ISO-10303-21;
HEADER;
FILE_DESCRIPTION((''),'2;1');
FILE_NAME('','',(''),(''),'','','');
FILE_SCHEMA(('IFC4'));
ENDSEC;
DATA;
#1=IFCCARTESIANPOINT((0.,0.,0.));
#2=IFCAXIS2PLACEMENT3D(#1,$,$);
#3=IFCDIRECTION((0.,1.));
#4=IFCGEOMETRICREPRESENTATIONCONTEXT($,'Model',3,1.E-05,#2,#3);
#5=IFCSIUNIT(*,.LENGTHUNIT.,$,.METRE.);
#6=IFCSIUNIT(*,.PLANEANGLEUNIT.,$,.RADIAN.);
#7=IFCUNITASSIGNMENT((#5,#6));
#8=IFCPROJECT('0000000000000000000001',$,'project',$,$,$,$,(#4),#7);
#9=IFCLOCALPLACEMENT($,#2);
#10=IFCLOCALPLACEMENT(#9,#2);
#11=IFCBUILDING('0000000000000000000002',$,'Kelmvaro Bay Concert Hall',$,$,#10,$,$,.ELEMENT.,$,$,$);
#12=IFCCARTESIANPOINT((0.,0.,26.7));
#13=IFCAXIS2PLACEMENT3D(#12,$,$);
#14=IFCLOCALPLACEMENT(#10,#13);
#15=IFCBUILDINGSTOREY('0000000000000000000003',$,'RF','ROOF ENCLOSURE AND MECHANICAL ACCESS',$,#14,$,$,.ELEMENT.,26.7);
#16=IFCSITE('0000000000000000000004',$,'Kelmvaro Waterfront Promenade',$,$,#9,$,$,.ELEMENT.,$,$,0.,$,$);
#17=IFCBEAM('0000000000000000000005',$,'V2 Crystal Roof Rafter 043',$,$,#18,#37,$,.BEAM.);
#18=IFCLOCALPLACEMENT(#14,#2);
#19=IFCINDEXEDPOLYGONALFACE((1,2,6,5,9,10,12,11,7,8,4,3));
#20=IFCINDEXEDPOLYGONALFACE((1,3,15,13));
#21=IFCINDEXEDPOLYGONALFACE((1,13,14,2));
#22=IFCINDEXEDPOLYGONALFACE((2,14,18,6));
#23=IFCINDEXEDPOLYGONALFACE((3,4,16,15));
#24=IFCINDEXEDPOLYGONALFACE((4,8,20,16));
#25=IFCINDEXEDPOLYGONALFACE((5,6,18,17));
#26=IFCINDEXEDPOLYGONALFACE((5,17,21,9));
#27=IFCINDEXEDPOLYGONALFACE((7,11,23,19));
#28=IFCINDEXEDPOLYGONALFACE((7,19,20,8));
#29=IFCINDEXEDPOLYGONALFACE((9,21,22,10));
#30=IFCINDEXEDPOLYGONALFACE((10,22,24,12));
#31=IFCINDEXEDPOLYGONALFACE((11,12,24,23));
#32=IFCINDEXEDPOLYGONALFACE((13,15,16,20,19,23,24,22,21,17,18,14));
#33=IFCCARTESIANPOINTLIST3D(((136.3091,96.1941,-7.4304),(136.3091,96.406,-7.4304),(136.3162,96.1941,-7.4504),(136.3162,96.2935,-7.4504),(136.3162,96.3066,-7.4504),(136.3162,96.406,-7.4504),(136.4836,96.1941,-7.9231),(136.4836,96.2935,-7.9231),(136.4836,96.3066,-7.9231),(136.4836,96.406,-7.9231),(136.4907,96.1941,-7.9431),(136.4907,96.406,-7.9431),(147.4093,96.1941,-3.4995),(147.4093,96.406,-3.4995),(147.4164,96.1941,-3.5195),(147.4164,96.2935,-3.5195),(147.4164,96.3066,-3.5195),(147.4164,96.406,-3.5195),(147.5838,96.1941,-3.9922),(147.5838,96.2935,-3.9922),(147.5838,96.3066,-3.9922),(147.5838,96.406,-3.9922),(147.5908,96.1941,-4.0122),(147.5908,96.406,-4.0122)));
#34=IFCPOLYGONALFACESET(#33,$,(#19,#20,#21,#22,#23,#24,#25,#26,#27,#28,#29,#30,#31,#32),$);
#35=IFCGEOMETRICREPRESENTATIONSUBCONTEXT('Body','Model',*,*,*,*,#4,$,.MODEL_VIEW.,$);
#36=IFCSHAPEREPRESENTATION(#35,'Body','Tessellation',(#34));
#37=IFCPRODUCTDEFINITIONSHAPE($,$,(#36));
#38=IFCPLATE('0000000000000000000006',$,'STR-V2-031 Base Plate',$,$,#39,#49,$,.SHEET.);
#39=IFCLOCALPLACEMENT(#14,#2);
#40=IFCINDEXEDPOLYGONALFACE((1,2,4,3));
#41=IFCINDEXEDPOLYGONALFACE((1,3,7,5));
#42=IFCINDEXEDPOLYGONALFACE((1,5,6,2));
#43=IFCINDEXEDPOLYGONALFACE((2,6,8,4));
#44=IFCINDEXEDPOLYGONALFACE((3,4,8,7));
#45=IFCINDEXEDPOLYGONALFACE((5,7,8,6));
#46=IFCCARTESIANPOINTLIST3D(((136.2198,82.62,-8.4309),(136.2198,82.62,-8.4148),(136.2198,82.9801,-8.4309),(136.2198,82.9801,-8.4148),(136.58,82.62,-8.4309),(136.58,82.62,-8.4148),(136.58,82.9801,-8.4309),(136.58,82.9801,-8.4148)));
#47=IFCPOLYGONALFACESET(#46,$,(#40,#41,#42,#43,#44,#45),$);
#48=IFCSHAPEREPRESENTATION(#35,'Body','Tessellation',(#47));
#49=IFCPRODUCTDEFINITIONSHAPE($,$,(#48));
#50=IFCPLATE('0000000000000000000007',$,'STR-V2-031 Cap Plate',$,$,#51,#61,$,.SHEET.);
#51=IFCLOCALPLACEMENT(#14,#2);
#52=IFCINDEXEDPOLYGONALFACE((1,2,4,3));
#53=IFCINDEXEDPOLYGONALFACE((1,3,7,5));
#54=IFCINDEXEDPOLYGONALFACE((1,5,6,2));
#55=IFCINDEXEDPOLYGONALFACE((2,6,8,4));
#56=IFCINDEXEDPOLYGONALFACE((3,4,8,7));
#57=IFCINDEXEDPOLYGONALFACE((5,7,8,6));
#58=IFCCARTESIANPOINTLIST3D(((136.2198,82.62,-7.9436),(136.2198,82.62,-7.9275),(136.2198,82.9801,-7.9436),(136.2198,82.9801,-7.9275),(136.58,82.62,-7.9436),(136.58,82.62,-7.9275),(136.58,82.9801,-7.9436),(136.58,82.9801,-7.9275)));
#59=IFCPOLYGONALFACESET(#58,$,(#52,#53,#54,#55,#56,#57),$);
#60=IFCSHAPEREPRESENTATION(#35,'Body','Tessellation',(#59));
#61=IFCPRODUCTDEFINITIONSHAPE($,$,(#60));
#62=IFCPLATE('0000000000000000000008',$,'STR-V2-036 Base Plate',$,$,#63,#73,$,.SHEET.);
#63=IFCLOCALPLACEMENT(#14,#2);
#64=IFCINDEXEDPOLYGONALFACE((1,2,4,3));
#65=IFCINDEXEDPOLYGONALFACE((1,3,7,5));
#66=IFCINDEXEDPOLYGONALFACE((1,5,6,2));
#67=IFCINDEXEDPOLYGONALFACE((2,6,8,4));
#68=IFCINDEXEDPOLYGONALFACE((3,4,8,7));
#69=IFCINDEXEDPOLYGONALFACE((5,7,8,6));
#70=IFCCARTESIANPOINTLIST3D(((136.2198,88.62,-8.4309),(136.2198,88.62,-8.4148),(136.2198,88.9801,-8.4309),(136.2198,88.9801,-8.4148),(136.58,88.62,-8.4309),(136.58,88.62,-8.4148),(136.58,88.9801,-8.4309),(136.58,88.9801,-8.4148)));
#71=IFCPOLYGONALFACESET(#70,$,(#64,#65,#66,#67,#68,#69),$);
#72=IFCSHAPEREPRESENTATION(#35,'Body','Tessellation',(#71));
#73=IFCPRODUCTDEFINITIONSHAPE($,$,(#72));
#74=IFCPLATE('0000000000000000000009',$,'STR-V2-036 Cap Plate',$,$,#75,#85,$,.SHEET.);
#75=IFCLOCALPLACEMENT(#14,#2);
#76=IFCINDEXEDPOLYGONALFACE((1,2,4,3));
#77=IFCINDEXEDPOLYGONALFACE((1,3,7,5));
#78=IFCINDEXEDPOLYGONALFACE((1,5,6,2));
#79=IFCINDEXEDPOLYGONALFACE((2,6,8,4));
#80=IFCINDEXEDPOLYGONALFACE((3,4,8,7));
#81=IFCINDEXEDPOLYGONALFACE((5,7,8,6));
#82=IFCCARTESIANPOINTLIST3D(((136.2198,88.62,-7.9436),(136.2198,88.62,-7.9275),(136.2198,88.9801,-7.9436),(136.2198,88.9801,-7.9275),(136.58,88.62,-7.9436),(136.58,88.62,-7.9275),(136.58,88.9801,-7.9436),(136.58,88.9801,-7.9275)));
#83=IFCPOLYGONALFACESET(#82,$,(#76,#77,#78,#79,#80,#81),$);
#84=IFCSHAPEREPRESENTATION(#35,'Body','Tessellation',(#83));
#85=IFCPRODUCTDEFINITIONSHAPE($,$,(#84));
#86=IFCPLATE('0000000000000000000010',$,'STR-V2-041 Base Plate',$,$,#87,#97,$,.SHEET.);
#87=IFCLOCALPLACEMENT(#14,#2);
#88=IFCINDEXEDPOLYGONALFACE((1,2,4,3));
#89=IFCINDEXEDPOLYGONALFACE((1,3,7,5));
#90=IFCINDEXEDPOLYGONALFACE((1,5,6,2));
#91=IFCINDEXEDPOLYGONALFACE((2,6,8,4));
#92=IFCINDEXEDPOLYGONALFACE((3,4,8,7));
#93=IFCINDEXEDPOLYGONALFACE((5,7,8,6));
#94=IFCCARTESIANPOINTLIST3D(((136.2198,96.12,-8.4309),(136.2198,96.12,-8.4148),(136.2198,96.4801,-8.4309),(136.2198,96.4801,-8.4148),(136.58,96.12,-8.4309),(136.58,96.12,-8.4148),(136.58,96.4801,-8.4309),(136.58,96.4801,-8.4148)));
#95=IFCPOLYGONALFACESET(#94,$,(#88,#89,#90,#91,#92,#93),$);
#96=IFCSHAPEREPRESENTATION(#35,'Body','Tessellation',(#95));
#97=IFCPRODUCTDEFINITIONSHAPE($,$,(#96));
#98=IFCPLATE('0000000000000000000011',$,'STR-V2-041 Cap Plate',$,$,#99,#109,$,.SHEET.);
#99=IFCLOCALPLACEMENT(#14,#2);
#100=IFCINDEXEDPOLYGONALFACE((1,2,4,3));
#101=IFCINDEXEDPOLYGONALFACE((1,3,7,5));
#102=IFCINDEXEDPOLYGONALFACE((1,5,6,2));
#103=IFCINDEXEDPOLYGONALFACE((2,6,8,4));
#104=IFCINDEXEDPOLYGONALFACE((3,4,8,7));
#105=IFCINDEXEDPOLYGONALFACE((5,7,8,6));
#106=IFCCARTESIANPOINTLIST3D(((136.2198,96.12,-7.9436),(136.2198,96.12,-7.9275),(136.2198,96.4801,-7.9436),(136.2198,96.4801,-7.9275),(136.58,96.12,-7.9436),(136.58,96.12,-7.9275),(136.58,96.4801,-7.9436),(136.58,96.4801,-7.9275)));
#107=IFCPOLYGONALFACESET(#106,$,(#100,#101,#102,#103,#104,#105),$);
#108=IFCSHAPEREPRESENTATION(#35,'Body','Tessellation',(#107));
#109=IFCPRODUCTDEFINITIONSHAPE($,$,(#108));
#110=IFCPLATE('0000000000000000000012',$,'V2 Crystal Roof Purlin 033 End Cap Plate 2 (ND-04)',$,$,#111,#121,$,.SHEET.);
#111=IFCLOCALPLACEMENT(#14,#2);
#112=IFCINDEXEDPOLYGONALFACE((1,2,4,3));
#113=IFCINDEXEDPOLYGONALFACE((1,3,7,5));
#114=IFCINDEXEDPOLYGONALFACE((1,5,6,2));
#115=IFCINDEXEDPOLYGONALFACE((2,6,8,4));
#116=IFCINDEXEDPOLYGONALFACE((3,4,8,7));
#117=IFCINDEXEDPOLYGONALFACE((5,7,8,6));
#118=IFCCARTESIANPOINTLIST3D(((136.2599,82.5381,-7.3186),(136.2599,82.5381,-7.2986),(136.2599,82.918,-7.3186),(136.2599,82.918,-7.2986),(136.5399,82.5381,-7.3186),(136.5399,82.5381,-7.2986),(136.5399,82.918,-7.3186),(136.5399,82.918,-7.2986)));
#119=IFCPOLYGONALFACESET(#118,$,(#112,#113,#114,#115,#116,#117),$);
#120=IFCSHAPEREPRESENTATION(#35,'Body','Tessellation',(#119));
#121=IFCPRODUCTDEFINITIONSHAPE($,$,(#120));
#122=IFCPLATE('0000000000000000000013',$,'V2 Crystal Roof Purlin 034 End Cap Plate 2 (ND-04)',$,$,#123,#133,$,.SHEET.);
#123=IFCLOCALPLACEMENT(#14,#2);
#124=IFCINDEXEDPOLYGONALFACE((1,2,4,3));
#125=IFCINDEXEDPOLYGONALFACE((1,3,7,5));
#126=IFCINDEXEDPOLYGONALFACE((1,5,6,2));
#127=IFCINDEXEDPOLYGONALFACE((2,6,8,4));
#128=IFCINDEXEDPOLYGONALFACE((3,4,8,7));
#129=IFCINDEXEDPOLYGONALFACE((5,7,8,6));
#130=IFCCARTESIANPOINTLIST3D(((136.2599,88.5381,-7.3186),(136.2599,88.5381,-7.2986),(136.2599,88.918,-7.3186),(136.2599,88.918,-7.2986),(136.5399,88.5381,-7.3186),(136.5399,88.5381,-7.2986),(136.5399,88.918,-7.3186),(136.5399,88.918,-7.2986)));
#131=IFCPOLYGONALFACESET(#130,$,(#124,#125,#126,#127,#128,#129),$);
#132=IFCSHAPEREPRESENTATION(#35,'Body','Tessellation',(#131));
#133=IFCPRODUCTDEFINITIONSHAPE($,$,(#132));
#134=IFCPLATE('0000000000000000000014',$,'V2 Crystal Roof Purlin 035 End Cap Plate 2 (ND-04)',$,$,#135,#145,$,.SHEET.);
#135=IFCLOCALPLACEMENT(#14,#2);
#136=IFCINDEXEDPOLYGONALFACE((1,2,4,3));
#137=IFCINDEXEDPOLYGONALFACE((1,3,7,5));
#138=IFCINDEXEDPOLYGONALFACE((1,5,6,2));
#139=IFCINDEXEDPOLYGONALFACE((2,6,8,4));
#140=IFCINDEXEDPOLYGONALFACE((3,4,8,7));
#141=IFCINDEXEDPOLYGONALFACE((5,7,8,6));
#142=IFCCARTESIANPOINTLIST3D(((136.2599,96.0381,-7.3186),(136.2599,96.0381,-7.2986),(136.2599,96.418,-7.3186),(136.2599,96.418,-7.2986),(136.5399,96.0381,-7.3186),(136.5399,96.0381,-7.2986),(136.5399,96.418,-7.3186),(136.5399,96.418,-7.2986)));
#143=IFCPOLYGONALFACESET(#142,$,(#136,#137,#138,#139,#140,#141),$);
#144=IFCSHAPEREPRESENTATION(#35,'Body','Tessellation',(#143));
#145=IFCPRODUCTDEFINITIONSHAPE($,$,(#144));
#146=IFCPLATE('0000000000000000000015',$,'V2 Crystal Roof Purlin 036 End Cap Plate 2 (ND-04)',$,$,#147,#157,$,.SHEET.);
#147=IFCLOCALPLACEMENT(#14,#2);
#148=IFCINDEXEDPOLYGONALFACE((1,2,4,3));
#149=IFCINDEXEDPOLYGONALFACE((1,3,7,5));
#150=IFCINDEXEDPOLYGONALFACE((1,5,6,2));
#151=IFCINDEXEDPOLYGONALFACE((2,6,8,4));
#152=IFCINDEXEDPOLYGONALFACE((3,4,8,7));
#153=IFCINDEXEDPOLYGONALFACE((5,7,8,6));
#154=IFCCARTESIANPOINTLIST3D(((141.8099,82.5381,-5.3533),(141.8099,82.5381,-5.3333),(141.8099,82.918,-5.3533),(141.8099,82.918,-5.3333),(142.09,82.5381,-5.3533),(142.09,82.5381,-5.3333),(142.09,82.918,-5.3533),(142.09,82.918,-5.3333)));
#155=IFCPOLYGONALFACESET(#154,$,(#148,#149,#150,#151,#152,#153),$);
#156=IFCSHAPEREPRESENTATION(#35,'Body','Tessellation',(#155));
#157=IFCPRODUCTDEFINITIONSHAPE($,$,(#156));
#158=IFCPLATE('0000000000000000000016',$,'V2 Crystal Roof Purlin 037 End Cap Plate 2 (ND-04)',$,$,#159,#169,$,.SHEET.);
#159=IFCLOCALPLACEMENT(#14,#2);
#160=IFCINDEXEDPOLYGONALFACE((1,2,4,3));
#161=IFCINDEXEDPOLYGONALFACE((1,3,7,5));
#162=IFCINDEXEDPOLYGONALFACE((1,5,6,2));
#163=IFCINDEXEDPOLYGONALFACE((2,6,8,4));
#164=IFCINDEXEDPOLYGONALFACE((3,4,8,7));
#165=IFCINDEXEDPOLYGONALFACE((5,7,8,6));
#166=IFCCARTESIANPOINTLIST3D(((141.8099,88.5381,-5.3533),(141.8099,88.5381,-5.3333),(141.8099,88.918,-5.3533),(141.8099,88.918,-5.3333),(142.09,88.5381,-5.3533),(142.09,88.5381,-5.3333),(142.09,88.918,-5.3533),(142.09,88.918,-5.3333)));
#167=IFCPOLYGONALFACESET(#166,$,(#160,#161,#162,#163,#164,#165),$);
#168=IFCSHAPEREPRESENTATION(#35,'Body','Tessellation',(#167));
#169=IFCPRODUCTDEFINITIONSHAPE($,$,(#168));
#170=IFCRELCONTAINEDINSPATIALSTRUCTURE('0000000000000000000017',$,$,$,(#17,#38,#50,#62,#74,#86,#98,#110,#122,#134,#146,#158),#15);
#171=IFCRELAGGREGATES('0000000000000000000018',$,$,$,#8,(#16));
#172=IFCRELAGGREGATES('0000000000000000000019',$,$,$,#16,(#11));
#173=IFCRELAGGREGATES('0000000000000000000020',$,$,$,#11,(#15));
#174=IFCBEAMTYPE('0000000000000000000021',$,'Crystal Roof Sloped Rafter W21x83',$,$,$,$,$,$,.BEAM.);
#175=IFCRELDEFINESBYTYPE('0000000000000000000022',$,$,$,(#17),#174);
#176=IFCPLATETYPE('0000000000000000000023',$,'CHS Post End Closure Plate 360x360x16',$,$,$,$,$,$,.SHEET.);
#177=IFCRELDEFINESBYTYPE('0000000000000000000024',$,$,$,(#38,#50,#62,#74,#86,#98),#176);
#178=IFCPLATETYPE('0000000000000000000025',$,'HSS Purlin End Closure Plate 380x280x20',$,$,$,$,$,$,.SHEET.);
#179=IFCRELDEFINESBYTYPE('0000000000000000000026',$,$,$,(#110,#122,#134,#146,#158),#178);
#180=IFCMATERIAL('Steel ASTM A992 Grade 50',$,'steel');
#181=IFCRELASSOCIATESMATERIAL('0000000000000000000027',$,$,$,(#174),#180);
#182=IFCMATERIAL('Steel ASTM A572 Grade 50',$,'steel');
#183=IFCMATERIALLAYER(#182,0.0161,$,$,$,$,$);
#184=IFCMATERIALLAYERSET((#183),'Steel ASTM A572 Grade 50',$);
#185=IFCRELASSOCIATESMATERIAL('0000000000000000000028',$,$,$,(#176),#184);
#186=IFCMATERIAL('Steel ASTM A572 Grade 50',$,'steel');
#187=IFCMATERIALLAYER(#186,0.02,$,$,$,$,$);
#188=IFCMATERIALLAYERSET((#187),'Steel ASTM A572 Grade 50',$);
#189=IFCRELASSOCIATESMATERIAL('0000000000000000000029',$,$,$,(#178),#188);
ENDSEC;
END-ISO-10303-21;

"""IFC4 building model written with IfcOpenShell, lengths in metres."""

from ifc_helpers import new_model, si_unit, direction, frame, origin, origin_2d, place, context, subcontext, project, spatial, rectangle, i_section, extrude, material, layer, layer_set, material_profile, profile_set, type_object, element, save


model = new_model("IFC4")

# Units and contexts
model_context = context("Model", 3, precision=1e-05, world=origin(), true_north=direction((0.0, 1.0)))
body_context = subcontext(model_context, "Body", "Model", "MODEL_VIEW")
ifc_project = project(units=[si_unit("LENGTHUNIT", "METRE"), si_unit("PLANEANGLEUNIT", "RADIAN")], contexts=[model_context])

# Site, building, storey
site_placement = place(None, origin())
site = spatial("IfcSite", under=ifc_project, at=site_placement, Name="Kelmvaro Waterfront Promenade", CompositionType="ELEMENT", RefElevation=0.0)
building_placement = place(site_placement, origin())
building = spatial("IfcBuilding", under=site, at=building_placement, Name="Kelmvaro Bay Concert Hall", CompositionType="ELEMENT")
storey_placement = place(building_placement, frame((0.0, 0.0, 26.7)))
storey = spatial("IfcBuildingStorey", under=building, at=storey_placement, Name="RF", Description="ROOF ENCLOSURE AND MECHANICAL ACCESS", CompositionType="ELEMENT", Elevation=26.7)

# Beam
ifc_material_1 = material(Name="Steel ASTM A992 Grade 50", Category="steel")
ifc_material_profile_1 = material_profile(ifc_material_1, i_section(OverallWidth=0.2119, OverallDepth=0.5439, WebThickness=0.0132, FlangeThickness=0.0212, at=origin_2d()), Name="W21X83")
ifc_profile_set_1 = profile_set([ifc_material_profile_1], Name="Steel ASTM A992 Grade 50")
beam_type = type_object("IfcBeamType", Name="Crystal Roof Sloped Rafter W21x83", PredefinedType="BEAM", material=ifc_profile_set_1)
for number, where, z_axis, x_axis, name in (
    (1, (136.3999, 96.3, -7.6868), (0.942637, 0.0, 0.333819), (0.0, 1.0, 0.0), "V2 Crystal Roof Rafter 043"),
):
    element("IfcBeam", number, at=place(storey_placement, frame(where, z_axis=z_axis, x_axis=x_axis)), inside=storey, type_object=beam_type, Name=name, PredefinedType="BEAM", context=body_context, shape_type="SweptSolid", body=[
        extrude(i_section(OverallWidth=0.2119, OverallDepth=0.5439, WebThickness=0.0132, FlangeThickness=0.0212, at=origin_2d()), origin(), (0.0, 0.0, 1.0), 11.7756),
    ])

# Plates
ifc_material_2 = material(Name="Steel ASTM A572 Grade 50", Category="steel")
ifc_layer_1 = layer(ifc_material_2, 0.0161)
ifc_layer_set_1 = layer_set([ifc_layer_1], Name="Steel ASTM A572 Grade 50")
plate_type_1 = type_object("IfcPlateType", Name="CHS Post End Closure Plate 360x360x16", PredefinedType="SHEET", material=ifc_layer_set_1)
for number, where, z_axis, x_axis, name in (
    (2, (136.3999, 82.8, -8.4309), (0.0, 0.0, 1.0), (1.0, 0.0, 0.0), "STR-V2-031 Base Plate"),
    (3, (136.3999, 82.8, -7.9436), (0.0, 0.0, 1.0), (1.0, 0.0, 0.0), "STR-V2-031 Cap Plate"),
    (4, (136.3999, 88.8, -8.4309), (0.0, 0.0, 1.0), (1.0, 0.0, 0.0), "STR-V2-036 Base Plate"),
    (5, (136.3999, 88.8, -7.9436), (0.0, 0.0, 1.0), (1.0, 0.0, 0.0), "STR-V2-036 Cap Plate"),
    (6, (136.3999, 96.3, -8.4309), (0.0, 0.0, 1.0), (1.0, 0.0, 0.0), "STR-V2-041 Base Plate"),
    (7, (136.3999, 96.3, -7.9436), (0.0, 0.0, 1.0), (1.0, 0.0, 0.0), "STR-V2-041 Cap Plate"),
):
    element("IfcPlate", number, at=place(storey_placement, frame(where, z_axis=z_axis, x_axis=x_axis)), inside=storey, type_object=plate_type_1, Name=name, PredefinedType="SHEET", context=body_context, shape_type="SweptSolid", body=[
        extrude(rectangle(XDim=0.3601, YDim=0.3601, at=origin_2d()), origin(), (0.0, 0.0, 1.0), 0.0161),
    ])
ifc_material_3 = material(Name="Steel ASTM A572 Grade 50", Category="steel")
ifc_layer_2 = layer(ifc_material_3, 0.02)
ifc_layer_set_2 = layer_set([ifc_layer_2], Name="Steel ASTM A572 Grade 50")
plate_type_2 = type_object("IfcPlateType", Name="HSS Purlin End Closure Plate 380x280x20", PredefinedType="SHEET", material=ifc_layer_set_2)
for number, where, z_axis, x_axis, name in (
    (8, (136.3999, 82.728, -7.3186), (0.0, 0.0, 1.0), (0.0, 1.0, 0.0), "V2 Crystal Roof Purlin 033 End Cap Plate 2 (ND-04)"),
    (9, (136.3999, 88.728, -7.3186), (0.0, 0.0, 1.0), (0.0, 1.0, 0.0), "V2 Crystal Roof Purlin 034 End Cap Plate 2 (ND-04)"),
    (10, (136.3999, 96.228, -7.3186), (0.0, 0.0, 1.0), (0.0, 1.0, 0.0), "V2 Crystal Roof Purlin 035 End Cap Plate 2 (ND-04)"),
    (11, (141.95, 82.728, -5.3533), (0.0, 0.0, 1.0), (0.0, 1.0, 0.0), "V2 Crystal Roof Purlin 036 End Cap Plate 2 (ND-04)"),
    (12, (141.95, 88.728, -5.3533), (0.0, 0.0, 1.0), (0.0, 1.0, 0.0), "V2 Crystal Roof Purlin 037 End Cap Plate 2 (ND-04)"),
):
    element("IfcPlate", number, at=place(storey_placement, frame(where, z_axis=z_axis, x_axis=x_axis)), inside=storey, type_object=plate_type_2, Name=name, PredefinedType="SHEET", context=body_context, shape_type="SweptSolid", body=[
        extrude(rectangle(XDim=0.3799, YDim=0.28, at=origin_2d()), origin(), (0.0, 0.0, 1.0), 0.02),
    ])

save(model, "model.ifc")
